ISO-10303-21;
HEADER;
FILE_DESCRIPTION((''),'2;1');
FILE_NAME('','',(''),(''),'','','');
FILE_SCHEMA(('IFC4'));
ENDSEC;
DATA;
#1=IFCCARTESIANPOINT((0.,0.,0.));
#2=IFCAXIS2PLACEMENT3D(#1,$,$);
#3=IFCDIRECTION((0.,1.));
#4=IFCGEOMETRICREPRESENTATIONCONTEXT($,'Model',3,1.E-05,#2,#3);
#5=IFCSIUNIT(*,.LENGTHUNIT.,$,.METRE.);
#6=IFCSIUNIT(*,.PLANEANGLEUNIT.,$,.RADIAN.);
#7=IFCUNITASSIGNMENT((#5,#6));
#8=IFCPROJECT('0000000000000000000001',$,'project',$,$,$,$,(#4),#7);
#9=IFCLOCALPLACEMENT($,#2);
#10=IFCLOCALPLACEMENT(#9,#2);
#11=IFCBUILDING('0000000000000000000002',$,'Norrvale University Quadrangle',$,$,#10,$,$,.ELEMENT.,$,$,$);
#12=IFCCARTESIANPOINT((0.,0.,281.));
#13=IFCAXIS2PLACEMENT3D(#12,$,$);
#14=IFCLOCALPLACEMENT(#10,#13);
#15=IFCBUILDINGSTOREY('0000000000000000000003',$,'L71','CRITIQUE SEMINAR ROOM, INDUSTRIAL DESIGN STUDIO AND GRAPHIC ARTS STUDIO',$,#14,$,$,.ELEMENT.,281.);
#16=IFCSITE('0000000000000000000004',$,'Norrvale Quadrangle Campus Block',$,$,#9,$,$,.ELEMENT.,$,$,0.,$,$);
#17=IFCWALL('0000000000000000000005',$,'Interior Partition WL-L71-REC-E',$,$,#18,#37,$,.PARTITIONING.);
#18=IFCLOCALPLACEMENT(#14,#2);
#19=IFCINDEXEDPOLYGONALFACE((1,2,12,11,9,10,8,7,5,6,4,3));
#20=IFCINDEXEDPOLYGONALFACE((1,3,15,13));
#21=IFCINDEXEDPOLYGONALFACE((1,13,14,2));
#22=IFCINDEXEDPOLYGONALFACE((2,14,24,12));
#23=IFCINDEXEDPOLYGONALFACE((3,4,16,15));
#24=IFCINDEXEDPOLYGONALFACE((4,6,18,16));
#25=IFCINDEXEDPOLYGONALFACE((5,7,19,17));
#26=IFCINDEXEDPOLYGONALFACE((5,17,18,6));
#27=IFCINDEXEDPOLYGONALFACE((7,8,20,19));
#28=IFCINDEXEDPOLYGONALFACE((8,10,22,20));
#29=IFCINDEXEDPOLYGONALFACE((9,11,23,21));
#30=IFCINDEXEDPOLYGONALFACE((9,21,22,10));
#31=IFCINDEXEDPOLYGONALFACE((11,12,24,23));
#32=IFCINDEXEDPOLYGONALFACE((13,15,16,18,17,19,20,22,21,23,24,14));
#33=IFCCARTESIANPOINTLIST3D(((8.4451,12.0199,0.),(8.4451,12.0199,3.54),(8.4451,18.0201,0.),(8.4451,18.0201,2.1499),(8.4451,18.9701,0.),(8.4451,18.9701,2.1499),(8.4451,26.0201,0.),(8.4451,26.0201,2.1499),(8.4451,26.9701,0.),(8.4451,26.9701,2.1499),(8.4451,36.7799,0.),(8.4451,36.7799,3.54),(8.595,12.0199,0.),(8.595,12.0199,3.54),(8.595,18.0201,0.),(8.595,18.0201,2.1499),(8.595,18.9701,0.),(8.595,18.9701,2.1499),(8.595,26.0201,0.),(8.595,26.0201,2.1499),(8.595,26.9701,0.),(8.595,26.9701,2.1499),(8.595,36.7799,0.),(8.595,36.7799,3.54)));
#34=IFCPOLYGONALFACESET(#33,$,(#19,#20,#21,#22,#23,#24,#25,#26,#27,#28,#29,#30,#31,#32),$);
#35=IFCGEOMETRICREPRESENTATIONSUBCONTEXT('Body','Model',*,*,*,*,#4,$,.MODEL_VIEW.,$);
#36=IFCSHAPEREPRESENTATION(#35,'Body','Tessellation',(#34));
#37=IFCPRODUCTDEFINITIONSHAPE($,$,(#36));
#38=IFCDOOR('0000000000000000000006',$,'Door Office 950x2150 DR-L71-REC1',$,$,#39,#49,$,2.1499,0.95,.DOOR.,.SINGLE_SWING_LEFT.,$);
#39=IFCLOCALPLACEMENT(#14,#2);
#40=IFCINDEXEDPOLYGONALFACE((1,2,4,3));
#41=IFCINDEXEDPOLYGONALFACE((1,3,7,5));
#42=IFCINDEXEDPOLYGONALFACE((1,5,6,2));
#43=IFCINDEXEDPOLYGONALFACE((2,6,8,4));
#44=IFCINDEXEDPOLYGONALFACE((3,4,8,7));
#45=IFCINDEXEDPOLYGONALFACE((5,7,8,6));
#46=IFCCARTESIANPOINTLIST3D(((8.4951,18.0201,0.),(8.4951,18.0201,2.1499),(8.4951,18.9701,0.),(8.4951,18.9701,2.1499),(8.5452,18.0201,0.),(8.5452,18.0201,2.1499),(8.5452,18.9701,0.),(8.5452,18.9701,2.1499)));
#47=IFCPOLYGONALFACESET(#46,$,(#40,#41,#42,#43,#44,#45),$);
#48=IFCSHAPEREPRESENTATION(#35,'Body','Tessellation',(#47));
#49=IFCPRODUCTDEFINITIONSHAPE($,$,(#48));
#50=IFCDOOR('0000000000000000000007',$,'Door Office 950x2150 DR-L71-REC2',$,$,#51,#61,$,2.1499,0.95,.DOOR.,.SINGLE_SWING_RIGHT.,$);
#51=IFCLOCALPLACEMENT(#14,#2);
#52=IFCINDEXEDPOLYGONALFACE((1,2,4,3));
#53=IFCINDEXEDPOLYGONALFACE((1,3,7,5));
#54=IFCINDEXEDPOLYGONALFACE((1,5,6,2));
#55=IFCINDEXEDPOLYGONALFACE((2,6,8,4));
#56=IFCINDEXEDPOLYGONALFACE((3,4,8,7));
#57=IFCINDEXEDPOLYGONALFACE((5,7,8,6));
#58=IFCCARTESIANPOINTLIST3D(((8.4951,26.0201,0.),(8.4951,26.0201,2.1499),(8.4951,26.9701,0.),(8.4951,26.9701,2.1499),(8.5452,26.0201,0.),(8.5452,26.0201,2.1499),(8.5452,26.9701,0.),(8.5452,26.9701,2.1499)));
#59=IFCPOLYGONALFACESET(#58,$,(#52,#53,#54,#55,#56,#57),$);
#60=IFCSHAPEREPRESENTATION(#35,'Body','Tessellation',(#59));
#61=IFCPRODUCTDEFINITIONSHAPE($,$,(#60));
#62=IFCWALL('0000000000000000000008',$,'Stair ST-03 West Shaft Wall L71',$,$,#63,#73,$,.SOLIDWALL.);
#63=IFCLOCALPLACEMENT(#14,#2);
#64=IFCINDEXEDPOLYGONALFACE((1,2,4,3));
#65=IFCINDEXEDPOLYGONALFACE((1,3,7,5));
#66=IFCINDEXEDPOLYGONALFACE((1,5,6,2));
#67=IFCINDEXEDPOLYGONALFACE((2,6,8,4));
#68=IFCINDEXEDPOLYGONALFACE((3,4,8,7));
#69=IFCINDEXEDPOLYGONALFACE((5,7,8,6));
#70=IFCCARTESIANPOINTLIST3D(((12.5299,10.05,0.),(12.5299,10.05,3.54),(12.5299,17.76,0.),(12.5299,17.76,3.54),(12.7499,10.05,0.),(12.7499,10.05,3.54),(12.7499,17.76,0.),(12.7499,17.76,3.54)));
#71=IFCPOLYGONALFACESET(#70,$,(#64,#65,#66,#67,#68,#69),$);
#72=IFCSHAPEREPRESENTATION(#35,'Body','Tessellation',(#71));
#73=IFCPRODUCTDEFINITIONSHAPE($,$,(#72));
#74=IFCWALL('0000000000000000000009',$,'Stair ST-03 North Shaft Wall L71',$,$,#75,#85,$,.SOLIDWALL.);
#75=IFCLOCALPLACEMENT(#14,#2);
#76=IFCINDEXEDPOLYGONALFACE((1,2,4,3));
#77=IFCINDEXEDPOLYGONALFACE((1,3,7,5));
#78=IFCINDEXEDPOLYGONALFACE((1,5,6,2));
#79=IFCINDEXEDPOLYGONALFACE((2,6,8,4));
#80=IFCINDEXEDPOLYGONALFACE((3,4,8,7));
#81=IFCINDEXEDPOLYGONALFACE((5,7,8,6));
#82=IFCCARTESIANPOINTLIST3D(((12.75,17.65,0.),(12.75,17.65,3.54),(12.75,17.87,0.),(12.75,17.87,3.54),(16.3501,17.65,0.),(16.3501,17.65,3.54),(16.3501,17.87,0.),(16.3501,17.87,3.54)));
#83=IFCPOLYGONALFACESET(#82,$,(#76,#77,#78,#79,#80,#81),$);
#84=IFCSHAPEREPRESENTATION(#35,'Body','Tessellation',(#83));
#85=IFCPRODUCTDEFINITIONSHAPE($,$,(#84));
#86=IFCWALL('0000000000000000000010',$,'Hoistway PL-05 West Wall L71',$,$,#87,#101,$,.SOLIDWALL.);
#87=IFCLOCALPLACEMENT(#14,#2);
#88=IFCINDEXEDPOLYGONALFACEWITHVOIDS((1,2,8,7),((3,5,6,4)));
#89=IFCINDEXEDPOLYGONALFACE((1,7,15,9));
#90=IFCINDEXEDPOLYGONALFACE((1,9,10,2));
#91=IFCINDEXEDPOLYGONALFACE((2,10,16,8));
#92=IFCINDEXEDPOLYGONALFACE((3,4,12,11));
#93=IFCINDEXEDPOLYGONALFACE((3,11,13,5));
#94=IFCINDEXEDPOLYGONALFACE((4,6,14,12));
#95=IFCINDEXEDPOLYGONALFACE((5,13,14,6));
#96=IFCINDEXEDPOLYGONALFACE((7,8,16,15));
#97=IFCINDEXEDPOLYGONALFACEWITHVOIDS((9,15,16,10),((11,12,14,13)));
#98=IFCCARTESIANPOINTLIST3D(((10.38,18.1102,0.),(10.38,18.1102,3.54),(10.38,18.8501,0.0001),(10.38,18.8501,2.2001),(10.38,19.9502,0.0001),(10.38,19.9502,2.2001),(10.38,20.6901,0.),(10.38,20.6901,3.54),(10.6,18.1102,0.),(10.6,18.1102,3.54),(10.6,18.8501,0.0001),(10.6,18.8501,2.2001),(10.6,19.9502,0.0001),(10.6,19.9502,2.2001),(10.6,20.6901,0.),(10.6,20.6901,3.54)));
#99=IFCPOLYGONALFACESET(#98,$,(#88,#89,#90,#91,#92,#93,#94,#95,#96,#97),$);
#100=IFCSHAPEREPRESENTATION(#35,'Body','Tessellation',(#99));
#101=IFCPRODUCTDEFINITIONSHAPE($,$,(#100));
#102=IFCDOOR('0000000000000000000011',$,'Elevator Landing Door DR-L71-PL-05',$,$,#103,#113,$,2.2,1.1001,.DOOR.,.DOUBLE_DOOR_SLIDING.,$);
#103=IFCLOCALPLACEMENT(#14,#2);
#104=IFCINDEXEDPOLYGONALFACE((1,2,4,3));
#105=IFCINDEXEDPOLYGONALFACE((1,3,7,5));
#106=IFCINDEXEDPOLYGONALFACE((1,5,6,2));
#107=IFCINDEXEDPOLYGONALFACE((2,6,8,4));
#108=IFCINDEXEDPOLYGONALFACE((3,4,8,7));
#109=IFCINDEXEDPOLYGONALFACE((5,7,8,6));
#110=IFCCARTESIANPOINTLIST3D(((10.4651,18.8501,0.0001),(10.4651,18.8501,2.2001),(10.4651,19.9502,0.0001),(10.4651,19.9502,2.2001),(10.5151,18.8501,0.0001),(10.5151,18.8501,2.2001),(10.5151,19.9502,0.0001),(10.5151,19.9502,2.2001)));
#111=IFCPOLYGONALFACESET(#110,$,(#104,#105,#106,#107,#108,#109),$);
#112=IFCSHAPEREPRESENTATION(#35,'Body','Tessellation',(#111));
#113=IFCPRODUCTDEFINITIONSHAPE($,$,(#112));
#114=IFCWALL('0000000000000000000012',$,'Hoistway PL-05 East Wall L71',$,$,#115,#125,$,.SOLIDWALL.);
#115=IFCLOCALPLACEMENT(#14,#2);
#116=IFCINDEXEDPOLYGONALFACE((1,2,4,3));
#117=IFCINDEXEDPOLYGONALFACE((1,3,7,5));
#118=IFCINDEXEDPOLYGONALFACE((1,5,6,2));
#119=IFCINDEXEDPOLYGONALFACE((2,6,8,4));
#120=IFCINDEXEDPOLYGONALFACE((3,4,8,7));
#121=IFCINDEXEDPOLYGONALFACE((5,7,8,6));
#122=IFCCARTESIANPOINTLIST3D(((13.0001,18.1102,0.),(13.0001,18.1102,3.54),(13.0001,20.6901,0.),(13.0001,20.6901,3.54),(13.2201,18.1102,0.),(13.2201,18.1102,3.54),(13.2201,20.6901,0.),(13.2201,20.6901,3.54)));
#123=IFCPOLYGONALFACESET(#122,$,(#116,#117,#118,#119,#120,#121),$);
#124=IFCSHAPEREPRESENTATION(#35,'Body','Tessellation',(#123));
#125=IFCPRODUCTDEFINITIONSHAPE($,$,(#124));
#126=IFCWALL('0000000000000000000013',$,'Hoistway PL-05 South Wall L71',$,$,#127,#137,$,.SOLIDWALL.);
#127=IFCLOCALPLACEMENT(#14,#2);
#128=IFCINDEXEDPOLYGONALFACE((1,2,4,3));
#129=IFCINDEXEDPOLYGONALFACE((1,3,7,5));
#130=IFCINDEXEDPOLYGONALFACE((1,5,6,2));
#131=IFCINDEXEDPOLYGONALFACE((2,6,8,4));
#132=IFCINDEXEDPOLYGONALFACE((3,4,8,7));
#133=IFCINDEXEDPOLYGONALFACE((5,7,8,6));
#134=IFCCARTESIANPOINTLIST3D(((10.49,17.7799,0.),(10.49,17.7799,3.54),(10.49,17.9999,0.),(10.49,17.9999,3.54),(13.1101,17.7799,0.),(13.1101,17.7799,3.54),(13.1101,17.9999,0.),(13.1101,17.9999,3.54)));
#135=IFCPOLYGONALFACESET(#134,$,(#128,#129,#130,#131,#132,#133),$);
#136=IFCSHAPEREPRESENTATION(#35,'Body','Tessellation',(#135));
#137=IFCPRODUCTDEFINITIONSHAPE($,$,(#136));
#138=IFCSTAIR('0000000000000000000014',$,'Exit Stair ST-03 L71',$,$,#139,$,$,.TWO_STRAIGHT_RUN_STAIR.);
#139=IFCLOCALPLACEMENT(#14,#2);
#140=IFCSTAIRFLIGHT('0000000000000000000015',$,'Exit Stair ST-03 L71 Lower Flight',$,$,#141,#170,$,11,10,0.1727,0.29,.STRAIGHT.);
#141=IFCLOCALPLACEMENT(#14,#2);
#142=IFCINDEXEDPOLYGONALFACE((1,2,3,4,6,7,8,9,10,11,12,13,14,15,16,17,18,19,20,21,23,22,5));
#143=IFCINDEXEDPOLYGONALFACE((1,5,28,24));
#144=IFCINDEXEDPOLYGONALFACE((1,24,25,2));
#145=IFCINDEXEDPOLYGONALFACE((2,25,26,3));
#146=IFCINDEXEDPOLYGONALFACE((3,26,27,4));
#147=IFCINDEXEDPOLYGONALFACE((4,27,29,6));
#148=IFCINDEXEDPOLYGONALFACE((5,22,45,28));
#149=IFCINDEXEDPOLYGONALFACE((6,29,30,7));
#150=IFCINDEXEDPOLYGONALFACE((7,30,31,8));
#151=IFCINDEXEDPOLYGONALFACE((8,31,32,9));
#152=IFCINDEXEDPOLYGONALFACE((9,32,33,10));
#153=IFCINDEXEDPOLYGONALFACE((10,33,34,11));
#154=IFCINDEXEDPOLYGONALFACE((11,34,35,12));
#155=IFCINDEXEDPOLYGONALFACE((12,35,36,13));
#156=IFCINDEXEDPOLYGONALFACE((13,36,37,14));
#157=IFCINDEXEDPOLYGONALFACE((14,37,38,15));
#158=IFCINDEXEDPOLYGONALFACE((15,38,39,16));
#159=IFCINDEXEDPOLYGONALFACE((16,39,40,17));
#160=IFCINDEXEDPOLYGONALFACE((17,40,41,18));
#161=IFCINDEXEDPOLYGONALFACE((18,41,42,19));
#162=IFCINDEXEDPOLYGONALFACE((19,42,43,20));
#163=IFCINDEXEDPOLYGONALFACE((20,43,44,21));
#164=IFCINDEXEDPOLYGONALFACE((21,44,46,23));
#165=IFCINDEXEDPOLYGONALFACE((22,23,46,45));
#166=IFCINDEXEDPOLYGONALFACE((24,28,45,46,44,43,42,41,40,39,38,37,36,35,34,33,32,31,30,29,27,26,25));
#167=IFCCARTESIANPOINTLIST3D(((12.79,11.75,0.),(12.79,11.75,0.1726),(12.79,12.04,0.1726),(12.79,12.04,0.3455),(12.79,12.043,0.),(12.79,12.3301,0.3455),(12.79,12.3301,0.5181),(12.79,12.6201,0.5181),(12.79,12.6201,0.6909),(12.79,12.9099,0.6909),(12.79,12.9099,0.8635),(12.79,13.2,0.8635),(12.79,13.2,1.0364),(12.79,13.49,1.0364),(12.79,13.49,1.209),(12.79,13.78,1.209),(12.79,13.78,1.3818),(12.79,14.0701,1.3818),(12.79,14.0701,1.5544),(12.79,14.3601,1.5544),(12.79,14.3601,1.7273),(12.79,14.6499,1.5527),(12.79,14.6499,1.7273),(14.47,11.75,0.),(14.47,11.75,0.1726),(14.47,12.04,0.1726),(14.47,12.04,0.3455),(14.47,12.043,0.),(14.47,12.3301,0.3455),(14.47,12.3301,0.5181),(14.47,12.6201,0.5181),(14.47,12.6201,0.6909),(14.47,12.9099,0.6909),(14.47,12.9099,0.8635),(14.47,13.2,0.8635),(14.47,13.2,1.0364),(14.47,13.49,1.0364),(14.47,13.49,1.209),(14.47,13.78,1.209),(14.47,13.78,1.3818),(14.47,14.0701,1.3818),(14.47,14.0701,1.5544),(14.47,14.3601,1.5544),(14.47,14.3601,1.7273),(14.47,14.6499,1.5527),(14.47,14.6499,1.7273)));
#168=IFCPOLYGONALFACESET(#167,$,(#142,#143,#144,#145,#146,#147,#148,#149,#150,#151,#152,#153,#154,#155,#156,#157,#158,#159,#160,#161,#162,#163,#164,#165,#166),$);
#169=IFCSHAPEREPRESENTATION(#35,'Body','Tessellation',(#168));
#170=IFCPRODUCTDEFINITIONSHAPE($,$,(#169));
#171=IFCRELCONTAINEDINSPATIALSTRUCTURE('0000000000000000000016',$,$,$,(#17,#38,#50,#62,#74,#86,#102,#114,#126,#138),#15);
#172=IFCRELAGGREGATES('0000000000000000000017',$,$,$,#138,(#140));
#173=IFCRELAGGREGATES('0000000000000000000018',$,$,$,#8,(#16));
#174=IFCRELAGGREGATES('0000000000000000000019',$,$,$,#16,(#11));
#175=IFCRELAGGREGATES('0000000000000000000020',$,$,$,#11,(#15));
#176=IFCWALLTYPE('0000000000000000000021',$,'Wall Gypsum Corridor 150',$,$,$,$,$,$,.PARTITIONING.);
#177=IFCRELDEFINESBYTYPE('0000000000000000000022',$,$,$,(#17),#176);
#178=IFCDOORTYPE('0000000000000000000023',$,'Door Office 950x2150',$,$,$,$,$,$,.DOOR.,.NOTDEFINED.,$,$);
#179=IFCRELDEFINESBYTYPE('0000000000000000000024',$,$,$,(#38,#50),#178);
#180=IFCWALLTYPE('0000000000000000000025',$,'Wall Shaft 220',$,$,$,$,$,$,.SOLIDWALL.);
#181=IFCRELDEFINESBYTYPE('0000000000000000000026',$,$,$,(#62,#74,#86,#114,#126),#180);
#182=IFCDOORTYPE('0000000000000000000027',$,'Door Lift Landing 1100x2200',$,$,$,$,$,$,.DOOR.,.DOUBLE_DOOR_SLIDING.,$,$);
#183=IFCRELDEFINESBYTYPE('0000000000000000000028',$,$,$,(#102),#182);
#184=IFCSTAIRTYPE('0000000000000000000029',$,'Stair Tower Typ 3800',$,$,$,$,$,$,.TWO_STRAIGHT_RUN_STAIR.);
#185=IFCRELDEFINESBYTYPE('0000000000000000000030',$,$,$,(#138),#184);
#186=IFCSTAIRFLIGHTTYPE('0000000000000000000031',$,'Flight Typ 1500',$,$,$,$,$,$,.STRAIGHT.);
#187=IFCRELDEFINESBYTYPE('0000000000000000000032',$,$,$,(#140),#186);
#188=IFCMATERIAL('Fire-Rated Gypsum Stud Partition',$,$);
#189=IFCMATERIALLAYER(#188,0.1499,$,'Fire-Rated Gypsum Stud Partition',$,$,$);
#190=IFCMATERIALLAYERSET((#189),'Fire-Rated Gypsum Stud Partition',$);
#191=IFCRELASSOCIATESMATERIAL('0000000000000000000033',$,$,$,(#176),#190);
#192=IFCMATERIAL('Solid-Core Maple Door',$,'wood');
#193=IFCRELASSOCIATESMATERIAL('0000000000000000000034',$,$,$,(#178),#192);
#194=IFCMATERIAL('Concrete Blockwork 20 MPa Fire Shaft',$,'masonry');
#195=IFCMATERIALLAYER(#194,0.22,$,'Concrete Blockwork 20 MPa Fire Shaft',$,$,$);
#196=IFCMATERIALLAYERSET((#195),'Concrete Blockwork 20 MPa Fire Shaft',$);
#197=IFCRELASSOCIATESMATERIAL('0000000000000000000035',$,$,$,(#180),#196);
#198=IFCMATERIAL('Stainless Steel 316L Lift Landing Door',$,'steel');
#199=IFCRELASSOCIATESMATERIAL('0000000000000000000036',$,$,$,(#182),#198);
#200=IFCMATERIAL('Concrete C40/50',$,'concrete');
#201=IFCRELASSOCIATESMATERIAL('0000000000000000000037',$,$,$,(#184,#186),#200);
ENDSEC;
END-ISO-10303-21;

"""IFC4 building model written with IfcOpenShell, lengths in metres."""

from ifc_helpers import new_model, si_unit, direction, frame, frame_2d, origin, place, context, subcontext, project, spatial, polyline, rectangle, outline, extrude, material, layer, layer_set, type_object, element, fill, aggregate, save


model = new_model("IFC4")

# Units and contexts
model_context = context("Model", 3, precision=1e-05, world=origin(), true_north=direction((0.0, 1.0)))
body_context = subcontext(model_context, "Body", "Model", "MODEL_VIEW")
ifc_project = project(units=[si_unit("LENGTHUNIT", "METRE"), si_unit("PLANEANGLEUNIT", "RADIAN")], contexts=[model_context])

# Site, building, storey
site_placement = place(None, origin())
site = spatial("IfcSite", under=ifc_project, at=site_placement, Name="Norrvale Quadrangle Campus Block", CompositionType="ELEMENT", RefElevation=0.0)
building_placement = place(site_placement, origin())
building = spatial("IfcBuilding", under=site, at=building_placement, Name="Norrvale University Quadrangle", CompositionType="ELEMENT")
storey_placement = place(building_placement, frame((0.0, 0.0, 281.0)))
storey = spatial("IfcBuildingStorey", under=building, at=storey_placement, Name="L71", Description="CRITIQUE SEMINAR ROOM, INDUSTRIAL DESIGN STUDIO AND GRAPHIC ARTS STUDIO", CompositionType="ELEMENT", Elevation=281.0)

# Shared definitions
ifc_material_1 = material(Name="Fire-Rated Gypsum Stud Partition")
ifc_layer_1 = layer(ifc_material_1, 0.1499, Name="Fire-Rated Gypsum Stud Partition")
ifc_layer_set_1 = layer_set([ifc_layer_1], Name="Fire-Rated Gypsum Stud Partition")
wall_type_1 = type_object("IfcWallType", Name="Wall Gypsum Corridor 150", PredefinedType="PARTITIONING", material=ifc_layer_set_1)

# Wall, openings, doors
wall_1_placement = place(storey_placement, frame((8.52, 12.02, 0.0), z_axis=(0.0, 0.0, 1.0), x_axis=(0.0, 1.0, 0.0)))
wall_1 = element("IfcWall", 1, at=wall_1_placement, inside=storey, type_object=wall_type_1, Name="Interior Partition WL-L71-REC-E", PredefinedType="PARTITIONING", context=body_context, shape_type="SweptSolid", body=[
    extrude(rectangle(XDim=24.76, YDim=0.1499, at=frame_2d((12.3799, 0.0))), origin(), (0.0, 0.0, 1.0), 3.54),
])
opening_1_placement = place(wall_1_placement, frame((6.0, 0.0, 0.0)))
opening_1 = element("IfcOpeningElement", 2, at=opening_1_placement, cuts=wall_1, PredefinedType="OPENING", context=body_context, shape_type="SweptSolid", body=[
    extrude(rectangle(XDim=0.95, YDim=2.1499, at=frame_2d((0.4751, 1.075))), frame((0.0, 0.0869, 0.0), z_axis=(0.0, -1.0, 0.0), x_axis=(1.0, 0.0, 0.0)), (0.0, 0.0, 1.0), 0.1738),
])
opening_2_placement = place(wall_1_placement, frame((14.0, 0.0, 0.0)))
opening_2 = element("IfcOpeningElement", 3, at=opening_2_placement, cuts=wall_1, PredefinedType="OPENING", context=body_context, shape_type="SweptSolid", body=[
    extrude(rectangle(XDim=0.95, YDim=2.1499, at=frame_2d((0.4751, 1.075))), frame((0.0, 0.0869, 0.0), z_axis=(0.0, -1.0, 0.0), x_axis=(1.0, 0.0, 0.0)), (0.0, 0.0, 1.0), 0.1738),
])
ifc_material_2 = material(Name="Solid-Core Maple Door", Category="wood")
door_type_1 = type_object("IfcDoorType", Name="Door Office 950x2150", OperationType="NOTDEFINED", PredefinedType="DOOR", material=ifc_material_2)
door_1_placement = place(opening_1_placement, origin())
door_1 = element("IfcDoor", 4, at=door_1_placement, inside=storey, type_object=door_type_1, Name="Door Office 950x2150 DR-L71-REC1", OperationType="SINGLE_SWING_LEFT", OverallHeight=2.1499, OverallWidth=0.95, PredefinedType="DOOR", context=body_context, shape_type="SweptSolid", body=[
    extrude(rectangle(XDim=0.95, YDim=2.1499, at=frame_2d((0.4751, 1.075))), frame((0.0, 0.0249, 0.0), z_axis=(0.0, -1.0, 0.0), x_axis=(1.0, 0.0, 0.0)), (0.0, 0.0, 1.0), 0.05),
])
fill(opening_1, door_1)
door_2_placement = place(opening_2_placement, origin())
door_2 = element("IfcDoor", 5, at=door_2_placement, inside=storey, type_object=door_type_1, Name="Door Office 950x2150 DR-L71-REC2", OperationType="SINGLE_SWING_RIGHT", OverallHeight=2.1499, OverallWidth=0.95, PredefinedType="DOOR", context=body_context, shape_type="SweptSolid", body=[
    extrude(rectangle(XDim=0.95, YDim=2.1499, at=frame_2d((0.4751, 1.075))), frame((0.0, 0.0249, 0.0), z_axis=(0.0, -1.0, 0.0), x_axis=(1.0, 0.0, 0.0)), (0.0, 0.0, 1.0), 0.05),
])
fill(opening_2, door_2)

# Walls
ifc_material_3 = material(Name="Concrete Blockwork 20 MPa Fire Shaft", Category="masonry")
ifc_layer_2 = layer(ifc_material_3, 0.22, Name="Concrete Blockwork 20 MPa Fire Shaft")
ifc_layer_set_2 = layer_set([ifc_layer_2], Name="Concrete Blockwork 20 MPa Fire Shaft")
wall_type_2 = type_object("IfcWallType", Name="Wall Shaft 220", PredefinedType="SOLIDWALL", material=ifc_layer_set_2)
wall_2_placement = place(storey_placement, frame((12.6399, 10.05, 0.0), z_axis=(0.0, 0.0, 1.0), x_axis=(0.0, 1.0, 0.0)))
element("IfcWall", 6, at=wall_2_placement, inside=storey, type_object=wall_type_2, Name="Stair ST-03 West Shaft Wall L71", PredefinedType="SOLIDWALL", context=body_context, shape_type="SweptSolid", body=[
    extrude(rectangle(XDim=7.71, YDim=0.22, at=frame_2d((3.855, 0.0))), origin(), (0.0, 0.0, 1.0), 3.54),
])
wall_3_placement = place(storey_placement, frame((12.75, 17.76, 0.0), z_axis=(0.0, 0.0, 1.0), x_axis=(1.0, 0.0, 0.0)))
element("IfcWall", 7, at=wall_3_placement, inside=storey, type_object=wall_type_2, Name="Stair ST-03 North Shaft Wall L71", PredefinedType="SOLIDWALL", context=body_context, shape_type="SweptSolid", body=[
    extrude(rectangle(XDim=3.6001, YDim=0.22, at=frame_2d((1.8, 0.0))), origin(), (0.0, 0.0, 1.0), 3.54),
])

# Wall, opening, door
wall_4_placement = place(storey_placement, frame((10.49, 18.1101, 0.0), z_axis=(0.0, 0.0, 1.0), x_axis=(0.0, 1.0, 0.0)))
wall_4 = element("IfcWall", 8, at=wall_4_placement, inside=storey, type_object=wall_type_2, Name="Hoistway PL-05 West Wall L71", PredefinedType="SOLIDWALL", context=body_context, shape_type="SweptSolid", body=[
    extrude(rectangle(XDim=2.5798, YDim=0.22, at=frame_2d((1.29, 0.0))), origin(), (0.0, 0.0, 1.0), 3.54),
])
opening_3_placement = place(wall_4_placement, frame((0.74, 0.0, 0.0)))
opening_3 = element("IfcOpeningElement", 9, at=opening_3_placement, cuts=wall_4, PredefinedType="OPENING", context=body_context, shape_type="SweptSolid", body=[
    extrude(rectangle(XDim=1.1001, YDim=2.2, at=frame_2d((0.55, 1.1001))), frame((0.0, 0.1221, 0.0), z_axis=(0.0, -1.0, 0.0), x_axis=(1.0, 0.0, 0.0)), (0.0, 0.0, 1.0), 0.2439),
])
ifc_material_4 = material(Name="Stainless Steel 316L Lift Landing Door", Category="steel")
door_type_2 = type_object("IfcDoorType", Name="Door Lift Landing 1100x2200", OperationType="DOUBLE_DOOR_SLIDING", PredefinedType="DOOR", material=ifc_material_4)
door_3_placement = place(opening_3_placement, origin())
door_3 = element("IfcDoor", 10, at=door_3_placement, inside=storey, type_object=door_type_2, Name="Elevator Landing Door DR-L71-PL-05", OperationType="DOUBLE_DOOR_SLIDING", OverallHeight=2.2, OverallWidth=1.1001, PredefinedType="DOOR", context=body_context, shape_type="SweptSolid", body=[
    extrude(rectangle(XDim=1.1001, YDim=2.2, at=frame_2d((0.55, 1.1001))), frame((0.0, 0.0249, 0.0), z_axis=(0.0, -1.0, 0.0), x_axis=(1.0, 0.0, 0.0)), (0.0, 0.0, 1.0), 0.05),
])
fill(opening_3, door_3)

# Walls
wall_5_placement = place(storey_placement, frame((13.1101, 18.1101, 0.0), z_axis=(0.0, 0.0, 1.0), x_axis=(0.0, 1.0, 0.0)))
element("IfcWall", 11, at=wall_5_placement, inside=storey, type_object=wall_type_2, Name="Hoistway PL-05 East Wall L71", PredefinedType="SOLIDWALL", context=body_context, shape_type="SweptSolid", body=[
    extrude(rectangle(XDim=2.5798, YDim=0.22, at=frame_2d((1.29, 0.0))), origin(), (0.0, 0.0, 1.0), 3.54),
])
wall_6_placement = place(storey_placement, frame((10.49, 17.8899, 0.0), z_axis=(0.0, 0.0, 1.0), x_axis=(1.0, 0.0, 0.0)))
element("IfcWall", 12, at=wall_6_placement, inside=storey, type_object=wall_type_2, Name="Hoistway PL-05 South Wall L71", PredefinedType="SOLIDWALL", context=body_context, shape_type="SweptSolid", body=[
    extrude(rectangle(XDim=2.6201, YDim=0.22, at=frame_2d((1.3101, 0.0))), origin(), (0.0, 0.0, 1.0), 3.54),
])

# Stair, stair flight
ifc_material_5 = material(Name="Concrete C40/50", Category="concrete")
stair_type = type_object("IfcStairType", Name="Stair Tower Typ 3800", PredefinedType="TWO_STRAIGHT_RUN_STAIR", material=ifc_material_5)
stair_placement = place(storey_placement, origin())
stair = element("IfcStair", 13, at=stair_placement, inside=storey, type_object=stair_type, Name="Exit Stair ST-03 L71", PredefinedType="TWO_STRAIGHT_RUN_STAIR")
stair_flight_type = type_object("IfcStairFlightType", Name="Flight Typ 1500", PredefinedType="STRAIGHT", material=ifc_material_5)
stair_flight_placement = place(storey_placement, frame((13.6299, 11.75, 0.0), z_axis=(0.0, 0.0, 1.0), x_axis=(0.0, 1.0, 0.0)))
stair_flight = element("IfcStairFlight", 14, at=stair_flight_placement, type_object=stair_flight_type, Name="Exit Stair ST-03 L71 Lower Flight", NumberOfRisers=11, NumberOfTreads=10, PredefinedType="STRAIGHT", RiserHeight=0.1727, TreadLength=0.29, context=body_context, shape_type="SweptSolid", body=[
    extrude(outline(polyline([(0.0, 0.0), (0.0, 0.1726), (0.29, 0.1726), (0.29, 0.3455), (0.5801, 0.3455), (0.5801, 0.5181), (0.8701, 0.5181), (0.8701, 0.6909), (1.1599, 0.6909), (1.1599, 0.8635), (1.45, 0.8635), (1.45, 1.0364), (1.74, 1.0364), (1.74, 1.209), (2.03, 1.209), (2.03, 1.3818), (2.3201, 1.3818), (2.3201, 1.5544), (2.6101, 1.5544), (2.6101, 1.7273), (2.8999, 1.7273), (2.8999, 1.8999), (2.8999, 1.5527), (0.293, 0.0), (0.0, 0.0)])), frame((0.0, 0.8398, 0.0), z_axis=(0.0, -1.0, 0.0), x_axis=(1.0, 0.0, 0.0)), (0.0, 0.0, 1.0), 1.6799),
])
aggregate(stair, [stair_flight])

save(model, "model.ifc")
